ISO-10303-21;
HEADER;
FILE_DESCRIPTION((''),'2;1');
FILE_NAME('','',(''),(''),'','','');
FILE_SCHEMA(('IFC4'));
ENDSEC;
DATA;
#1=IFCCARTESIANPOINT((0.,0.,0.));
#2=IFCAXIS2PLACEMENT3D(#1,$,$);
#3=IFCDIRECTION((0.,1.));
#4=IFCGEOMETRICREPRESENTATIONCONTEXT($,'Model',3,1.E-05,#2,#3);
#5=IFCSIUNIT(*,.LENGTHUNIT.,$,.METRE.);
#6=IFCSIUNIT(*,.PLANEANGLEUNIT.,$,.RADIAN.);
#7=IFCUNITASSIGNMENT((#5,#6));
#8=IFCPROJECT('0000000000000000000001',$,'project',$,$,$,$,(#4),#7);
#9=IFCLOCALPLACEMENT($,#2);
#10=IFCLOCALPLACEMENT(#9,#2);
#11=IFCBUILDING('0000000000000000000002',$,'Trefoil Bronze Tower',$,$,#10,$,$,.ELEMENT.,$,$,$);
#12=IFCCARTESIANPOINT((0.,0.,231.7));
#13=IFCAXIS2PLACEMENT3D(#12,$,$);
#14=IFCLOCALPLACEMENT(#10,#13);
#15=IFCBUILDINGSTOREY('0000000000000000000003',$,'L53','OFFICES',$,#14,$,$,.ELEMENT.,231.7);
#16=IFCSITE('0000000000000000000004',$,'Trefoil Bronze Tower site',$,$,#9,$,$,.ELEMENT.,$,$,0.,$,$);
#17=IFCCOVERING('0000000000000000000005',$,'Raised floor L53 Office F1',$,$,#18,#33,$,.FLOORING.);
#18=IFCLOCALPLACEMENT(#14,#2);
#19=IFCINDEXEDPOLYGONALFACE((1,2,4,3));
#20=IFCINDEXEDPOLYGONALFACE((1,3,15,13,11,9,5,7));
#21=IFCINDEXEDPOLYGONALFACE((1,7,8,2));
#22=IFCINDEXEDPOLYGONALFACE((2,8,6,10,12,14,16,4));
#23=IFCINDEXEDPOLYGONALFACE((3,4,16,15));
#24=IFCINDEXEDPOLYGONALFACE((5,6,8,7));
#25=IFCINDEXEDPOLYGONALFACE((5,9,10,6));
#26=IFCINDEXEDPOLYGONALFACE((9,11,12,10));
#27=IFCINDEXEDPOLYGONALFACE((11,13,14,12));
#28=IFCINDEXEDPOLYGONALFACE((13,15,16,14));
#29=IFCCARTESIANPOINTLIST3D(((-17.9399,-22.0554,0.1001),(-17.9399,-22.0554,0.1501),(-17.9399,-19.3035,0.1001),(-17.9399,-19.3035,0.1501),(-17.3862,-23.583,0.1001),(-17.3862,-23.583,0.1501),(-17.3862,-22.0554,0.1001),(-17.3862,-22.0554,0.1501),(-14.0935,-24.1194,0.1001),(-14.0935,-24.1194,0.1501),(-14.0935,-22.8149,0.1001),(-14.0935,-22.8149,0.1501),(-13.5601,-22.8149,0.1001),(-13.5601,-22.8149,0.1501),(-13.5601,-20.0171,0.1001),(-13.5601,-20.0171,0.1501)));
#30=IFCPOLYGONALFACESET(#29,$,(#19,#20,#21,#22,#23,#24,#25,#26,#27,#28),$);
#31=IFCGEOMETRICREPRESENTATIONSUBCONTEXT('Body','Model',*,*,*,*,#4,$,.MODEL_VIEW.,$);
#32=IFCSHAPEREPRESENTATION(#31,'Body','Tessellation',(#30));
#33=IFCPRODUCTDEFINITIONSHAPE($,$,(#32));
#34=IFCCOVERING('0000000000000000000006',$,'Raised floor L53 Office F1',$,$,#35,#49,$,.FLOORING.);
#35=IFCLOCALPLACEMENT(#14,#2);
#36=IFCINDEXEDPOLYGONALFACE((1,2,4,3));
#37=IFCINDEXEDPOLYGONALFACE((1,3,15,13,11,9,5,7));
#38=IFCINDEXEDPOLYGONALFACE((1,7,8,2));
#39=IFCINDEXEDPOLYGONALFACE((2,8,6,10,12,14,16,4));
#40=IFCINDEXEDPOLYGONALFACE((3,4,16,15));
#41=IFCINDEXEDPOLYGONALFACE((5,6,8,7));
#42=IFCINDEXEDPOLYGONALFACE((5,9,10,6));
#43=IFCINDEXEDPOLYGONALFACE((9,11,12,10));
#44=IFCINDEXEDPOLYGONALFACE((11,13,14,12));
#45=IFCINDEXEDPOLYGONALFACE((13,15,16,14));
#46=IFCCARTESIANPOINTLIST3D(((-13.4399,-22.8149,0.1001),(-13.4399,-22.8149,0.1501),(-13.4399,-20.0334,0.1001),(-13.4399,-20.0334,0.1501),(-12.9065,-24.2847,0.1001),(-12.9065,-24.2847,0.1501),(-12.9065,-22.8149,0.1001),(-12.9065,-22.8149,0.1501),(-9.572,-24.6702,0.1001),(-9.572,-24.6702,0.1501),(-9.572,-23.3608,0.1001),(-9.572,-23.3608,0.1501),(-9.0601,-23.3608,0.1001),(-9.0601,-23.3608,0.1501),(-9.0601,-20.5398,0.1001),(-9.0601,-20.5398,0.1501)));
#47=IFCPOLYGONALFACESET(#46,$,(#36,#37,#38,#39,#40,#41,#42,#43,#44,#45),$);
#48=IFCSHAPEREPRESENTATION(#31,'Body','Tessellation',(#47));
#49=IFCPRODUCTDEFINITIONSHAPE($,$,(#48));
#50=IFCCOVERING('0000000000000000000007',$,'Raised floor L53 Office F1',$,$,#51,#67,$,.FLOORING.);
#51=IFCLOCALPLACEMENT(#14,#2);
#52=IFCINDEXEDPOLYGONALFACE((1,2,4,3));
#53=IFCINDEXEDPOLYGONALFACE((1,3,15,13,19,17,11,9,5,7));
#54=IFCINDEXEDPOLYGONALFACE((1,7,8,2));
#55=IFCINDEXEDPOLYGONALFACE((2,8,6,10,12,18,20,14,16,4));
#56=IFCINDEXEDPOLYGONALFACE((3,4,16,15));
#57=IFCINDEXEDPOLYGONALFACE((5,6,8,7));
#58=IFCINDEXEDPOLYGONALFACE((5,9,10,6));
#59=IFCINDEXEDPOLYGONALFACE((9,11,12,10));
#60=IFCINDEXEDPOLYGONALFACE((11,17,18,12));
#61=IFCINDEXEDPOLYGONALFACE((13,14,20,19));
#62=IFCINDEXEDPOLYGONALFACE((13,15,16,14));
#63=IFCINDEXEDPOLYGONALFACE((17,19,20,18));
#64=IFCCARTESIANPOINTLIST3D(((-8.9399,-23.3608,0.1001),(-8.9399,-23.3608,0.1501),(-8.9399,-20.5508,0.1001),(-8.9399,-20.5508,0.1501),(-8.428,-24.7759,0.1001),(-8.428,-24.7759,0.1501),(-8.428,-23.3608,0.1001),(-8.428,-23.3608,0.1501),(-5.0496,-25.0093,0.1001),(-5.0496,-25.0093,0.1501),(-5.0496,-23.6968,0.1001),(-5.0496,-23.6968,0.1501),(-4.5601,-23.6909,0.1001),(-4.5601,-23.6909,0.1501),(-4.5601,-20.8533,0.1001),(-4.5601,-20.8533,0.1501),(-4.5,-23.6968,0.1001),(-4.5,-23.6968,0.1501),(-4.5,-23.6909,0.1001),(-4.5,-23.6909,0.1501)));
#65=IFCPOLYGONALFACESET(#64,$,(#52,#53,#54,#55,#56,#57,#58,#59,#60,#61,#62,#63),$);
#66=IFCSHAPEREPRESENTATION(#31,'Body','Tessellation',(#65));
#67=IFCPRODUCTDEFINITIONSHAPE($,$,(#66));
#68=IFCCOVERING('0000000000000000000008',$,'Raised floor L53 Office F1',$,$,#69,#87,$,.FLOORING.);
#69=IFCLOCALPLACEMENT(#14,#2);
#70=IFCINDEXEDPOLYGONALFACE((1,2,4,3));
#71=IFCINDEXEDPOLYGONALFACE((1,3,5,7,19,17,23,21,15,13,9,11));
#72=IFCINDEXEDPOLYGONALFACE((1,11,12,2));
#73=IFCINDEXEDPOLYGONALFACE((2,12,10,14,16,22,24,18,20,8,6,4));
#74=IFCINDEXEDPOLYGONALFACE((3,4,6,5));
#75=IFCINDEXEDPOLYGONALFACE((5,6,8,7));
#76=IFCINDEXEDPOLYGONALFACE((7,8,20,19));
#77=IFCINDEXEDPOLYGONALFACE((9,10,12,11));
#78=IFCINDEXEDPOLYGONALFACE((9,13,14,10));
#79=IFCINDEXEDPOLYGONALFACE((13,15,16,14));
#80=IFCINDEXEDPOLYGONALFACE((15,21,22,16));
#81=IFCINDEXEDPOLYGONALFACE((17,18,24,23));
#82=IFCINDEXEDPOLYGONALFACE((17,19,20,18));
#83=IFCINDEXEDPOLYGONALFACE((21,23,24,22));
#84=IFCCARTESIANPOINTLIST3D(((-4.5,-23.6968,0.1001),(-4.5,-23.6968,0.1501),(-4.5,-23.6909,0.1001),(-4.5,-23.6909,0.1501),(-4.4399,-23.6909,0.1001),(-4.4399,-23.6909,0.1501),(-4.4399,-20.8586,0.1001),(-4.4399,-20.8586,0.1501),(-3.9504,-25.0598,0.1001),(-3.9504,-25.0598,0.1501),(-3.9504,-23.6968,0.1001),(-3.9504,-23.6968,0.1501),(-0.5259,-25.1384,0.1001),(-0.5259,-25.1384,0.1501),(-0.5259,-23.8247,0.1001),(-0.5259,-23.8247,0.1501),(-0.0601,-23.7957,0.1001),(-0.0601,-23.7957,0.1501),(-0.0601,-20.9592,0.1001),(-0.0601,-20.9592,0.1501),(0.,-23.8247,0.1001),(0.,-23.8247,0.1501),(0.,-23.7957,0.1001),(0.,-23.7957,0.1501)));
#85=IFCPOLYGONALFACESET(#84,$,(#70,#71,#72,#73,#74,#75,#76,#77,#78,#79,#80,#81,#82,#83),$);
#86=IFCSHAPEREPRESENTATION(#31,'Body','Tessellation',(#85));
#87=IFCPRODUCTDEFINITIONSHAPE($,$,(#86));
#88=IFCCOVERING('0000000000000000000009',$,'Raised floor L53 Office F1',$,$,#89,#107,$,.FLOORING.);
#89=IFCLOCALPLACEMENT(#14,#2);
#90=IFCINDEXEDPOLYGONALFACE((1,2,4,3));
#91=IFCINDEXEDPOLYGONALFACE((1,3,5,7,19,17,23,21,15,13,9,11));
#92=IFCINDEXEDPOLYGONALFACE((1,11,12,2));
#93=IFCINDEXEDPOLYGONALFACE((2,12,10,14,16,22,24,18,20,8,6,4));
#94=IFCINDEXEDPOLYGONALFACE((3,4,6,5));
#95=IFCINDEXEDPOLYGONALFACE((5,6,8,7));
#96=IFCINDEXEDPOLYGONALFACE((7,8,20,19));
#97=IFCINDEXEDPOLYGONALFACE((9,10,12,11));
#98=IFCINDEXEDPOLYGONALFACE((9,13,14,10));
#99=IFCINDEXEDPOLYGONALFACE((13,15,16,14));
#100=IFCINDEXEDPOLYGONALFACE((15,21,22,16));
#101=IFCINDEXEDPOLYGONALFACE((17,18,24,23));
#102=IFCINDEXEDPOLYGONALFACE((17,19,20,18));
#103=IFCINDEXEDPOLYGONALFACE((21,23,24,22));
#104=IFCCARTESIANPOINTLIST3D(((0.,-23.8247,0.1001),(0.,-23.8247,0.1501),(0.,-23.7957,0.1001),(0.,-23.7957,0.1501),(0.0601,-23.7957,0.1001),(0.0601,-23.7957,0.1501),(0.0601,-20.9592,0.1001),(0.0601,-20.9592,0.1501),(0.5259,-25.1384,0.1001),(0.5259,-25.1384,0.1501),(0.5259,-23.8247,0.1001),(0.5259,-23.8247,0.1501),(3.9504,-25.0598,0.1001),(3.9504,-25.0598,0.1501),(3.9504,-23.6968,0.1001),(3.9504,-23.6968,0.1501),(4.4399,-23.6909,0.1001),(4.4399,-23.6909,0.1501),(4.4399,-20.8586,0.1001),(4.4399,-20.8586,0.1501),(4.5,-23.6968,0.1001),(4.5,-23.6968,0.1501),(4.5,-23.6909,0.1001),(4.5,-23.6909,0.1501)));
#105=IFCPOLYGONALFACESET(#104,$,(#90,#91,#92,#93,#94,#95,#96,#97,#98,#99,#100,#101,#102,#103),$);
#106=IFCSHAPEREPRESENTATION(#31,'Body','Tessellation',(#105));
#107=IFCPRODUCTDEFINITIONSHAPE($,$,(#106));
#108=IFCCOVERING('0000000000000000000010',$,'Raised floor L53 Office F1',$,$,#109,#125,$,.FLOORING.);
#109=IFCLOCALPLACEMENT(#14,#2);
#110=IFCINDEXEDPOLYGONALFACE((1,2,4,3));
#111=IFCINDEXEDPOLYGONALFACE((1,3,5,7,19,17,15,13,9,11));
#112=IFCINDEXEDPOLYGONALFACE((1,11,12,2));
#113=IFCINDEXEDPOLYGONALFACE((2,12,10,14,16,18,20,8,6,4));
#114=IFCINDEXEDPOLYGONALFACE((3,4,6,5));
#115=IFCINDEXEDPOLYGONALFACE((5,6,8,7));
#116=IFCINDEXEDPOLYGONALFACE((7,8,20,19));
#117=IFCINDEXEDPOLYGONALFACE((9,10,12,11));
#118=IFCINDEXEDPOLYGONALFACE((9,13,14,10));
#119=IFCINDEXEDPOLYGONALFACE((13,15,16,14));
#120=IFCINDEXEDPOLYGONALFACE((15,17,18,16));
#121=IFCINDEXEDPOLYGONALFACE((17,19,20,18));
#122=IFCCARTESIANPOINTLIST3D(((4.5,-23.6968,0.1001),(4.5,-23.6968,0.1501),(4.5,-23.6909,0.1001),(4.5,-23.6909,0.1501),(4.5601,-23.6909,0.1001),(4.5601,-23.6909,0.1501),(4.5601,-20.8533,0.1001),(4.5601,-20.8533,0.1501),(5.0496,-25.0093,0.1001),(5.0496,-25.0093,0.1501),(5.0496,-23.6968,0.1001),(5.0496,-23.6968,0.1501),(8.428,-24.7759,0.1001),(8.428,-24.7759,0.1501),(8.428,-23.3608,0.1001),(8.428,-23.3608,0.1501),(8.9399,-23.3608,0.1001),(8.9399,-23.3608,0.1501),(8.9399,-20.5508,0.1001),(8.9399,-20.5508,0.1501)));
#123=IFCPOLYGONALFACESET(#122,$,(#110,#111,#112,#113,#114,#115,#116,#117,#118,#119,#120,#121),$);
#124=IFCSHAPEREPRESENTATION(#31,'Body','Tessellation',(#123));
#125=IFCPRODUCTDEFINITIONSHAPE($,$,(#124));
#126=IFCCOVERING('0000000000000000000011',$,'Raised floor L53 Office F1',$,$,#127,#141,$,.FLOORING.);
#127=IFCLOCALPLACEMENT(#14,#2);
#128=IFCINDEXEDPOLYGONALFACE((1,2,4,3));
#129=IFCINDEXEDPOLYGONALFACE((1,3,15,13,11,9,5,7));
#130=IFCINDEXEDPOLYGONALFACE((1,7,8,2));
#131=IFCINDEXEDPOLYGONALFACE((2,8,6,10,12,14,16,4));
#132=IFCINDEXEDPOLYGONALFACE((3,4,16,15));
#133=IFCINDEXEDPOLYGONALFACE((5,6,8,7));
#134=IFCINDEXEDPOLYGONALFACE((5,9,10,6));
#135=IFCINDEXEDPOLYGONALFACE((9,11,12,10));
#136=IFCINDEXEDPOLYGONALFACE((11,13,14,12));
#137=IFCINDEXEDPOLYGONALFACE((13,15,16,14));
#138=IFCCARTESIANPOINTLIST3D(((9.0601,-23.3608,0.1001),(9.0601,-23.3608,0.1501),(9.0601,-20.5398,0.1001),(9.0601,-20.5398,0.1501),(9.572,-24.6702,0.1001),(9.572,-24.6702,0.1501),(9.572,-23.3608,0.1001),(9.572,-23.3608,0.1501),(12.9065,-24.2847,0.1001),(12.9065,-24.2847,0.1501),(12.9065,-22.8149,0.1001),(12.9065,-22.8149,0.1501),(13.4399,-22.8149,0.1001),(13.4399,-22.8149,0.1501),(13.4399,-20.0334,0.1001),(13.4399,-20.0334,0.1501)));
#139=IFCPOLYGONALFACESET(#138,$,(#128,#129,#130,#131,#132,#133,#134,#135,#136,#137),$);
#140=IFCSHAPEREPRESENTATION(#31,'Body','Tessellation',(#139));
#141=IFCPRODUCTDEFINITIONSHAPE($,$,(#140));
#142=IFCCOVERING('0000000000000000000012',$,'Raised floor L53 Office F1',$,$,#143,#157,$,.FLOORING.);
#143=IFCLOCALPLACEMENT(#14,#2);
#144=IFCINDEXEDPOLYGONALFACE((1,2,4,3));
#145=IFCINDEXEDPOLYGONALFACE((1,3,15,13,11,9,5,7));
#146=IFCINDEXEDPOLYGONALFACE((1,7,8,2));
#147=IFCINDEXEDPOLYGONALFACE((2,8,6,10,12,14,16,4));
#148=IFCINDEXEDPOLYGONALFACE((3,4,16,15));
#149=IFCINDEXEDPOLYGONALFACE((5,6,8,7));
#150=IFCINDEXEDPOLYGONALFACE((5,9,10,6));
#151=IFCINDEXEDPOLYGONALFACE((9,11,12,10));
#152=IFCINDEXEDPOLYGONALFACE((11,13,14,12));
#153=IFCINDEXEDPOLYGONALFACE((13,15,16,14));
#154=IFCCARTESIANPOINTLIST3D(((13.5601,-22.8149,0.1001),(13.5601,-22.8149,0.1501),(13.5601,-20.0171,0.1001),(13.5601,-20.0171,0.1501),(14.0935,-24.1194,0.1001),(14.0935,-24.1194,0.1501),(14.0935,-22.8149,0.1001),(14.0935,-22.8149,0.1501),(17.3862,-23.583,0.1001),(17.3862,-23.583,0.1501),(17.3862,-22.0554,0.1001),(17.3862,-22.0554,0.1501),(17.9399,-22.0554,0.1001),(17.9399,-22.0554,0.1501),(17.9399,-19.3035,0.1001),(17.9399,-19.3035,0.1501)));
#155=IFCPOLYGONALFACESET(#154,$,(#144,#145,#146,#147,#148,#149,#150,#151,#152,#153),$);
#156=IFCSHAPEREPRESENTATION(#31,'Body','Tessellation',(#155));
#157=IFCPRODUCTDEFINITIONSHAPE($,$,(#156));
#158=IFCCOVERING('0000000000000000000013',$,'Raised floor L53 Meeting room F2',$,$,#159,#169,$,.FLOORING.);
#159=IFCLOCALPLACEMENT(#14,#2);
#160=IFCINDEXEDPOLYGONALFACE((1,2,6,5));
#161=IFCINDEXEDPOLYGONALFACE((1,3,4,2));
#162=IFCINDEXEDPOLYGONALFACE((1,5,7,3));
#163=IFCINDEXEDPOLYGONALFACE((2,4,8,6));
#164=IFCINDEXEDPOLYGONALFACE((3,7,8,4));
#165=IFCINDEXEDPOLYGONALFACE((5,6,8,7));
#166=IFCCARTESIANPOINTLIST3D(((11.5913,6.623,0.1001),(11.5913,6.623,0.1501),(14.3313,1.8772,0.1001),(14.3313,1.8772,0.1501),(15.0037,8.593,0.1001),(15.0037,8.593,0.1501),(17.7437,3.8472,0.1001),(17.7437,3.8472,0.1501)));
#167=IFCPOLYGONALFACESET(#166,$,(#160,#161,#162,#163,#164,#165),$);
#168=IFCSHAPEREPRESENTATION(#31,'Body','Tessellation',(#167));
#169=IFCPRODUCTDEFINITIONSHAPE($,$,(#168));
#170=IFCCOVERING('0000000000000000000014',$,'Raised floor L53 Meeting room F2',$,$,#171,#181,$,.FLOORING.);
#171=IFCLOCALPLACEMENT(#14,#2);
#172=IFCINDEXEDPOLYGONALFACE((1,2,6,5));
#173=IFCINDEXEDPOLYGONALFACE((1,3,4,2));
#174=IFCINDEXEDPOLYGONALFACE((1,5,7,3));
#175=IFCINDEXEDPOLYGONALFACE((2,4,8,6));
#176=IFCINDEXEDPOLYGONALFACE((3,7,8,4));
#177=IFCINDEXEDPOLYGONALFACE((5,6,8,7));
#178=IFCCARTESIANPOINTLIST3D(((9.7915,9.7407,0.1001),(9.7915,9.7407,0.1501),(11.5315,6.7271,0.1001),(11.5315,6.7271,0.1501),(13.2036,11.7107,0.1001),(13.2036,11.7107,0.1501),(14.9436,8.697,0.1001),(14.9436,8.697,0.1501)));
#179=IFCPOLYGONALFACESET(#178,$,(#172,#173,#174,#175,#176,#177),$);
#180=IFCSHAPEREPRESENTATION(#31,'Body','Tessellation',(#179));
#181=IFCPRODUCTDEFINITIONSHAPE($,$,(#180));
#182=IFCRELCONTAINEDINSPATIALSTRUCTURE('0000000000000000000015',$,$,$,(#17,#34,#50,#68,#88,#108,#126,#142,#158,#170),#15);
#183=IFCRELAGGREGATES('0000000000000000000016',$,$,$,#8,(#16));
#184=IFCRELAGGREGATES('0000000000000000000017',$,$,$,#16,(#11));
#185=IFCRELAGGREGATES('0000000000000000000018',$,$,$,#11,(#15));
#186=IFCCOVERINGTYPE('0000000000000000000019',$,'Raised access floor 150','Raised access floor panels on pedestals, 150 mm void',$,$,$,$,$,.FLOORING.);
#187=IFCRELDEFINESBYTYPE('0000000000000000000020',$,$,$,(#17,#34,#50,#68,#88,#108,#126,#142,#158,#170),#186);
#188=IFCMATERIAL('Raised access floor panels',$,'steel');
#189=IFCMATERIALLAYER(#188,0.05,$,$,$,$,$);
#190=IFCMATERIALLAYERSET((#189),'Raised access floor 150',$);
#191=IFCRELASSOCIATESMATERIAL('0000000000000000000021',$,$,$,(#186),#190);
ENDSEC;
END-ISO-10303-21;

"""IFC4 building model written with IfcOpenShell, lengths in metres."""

from ifc_helpers import new_model, si_unit, direction, frame, origin, place, context, subcontext, project, spatial, polyline, outline, extrude, material, layer, layer_set, type_object, element, save


model = new_model("IFC4")

# Units and contexts
model_context = context("Model", 3, precision=1e-05, world=origin(), true_north=direction((0.0, 1.0)))
body_context = subcontext(model_context, "Body", "Model", "MODEL_VIEW")
ifc_project = project(units=[si_unit("LENGTHUNIT", "METRE"), si_unit("PLANEANGLEUNIT", "RADIAN")], contexts=[model_context])

# Site, building, storey
site_placement = place(None, origin())
site = spatial("IfcSite", under=ifc_project, at=site_placement, Name="Trefoil Bronze Tower site", CompositionType="ELEMENT", RefElevation=0.0)
building_placement = place(site_placement, origin())
building = spatial("IfcBuilding", under=site, at=building_placement, Name="Trefoil Bronze Tower", CompositionType="ELEMENT")
storey_placement = place(building_placement, frame((0.0, 0.0, 231.7)))
storey = spatial("IfcBuildingStorey", under=building, at=storey_placement, Name="L53", Description="OFFICES", CompositionType="ELEMENT", Elevation=231.7)

# Coverings
ifc_material_1 = material(Name="Raised access floor panels", Category="steel")
ifc_layer_1 = layer(ifc_material_1, 0.05)
ifc_layer_set_1 = layer_set([ifc_layer_1], Name="Raised access floor 150")
covering_type_1 = type_object("IfcCoveringType", Name="Raised access floor 150", Description="Raised access floor panels on pedestals, 150 mm void", PredefinedType="FLOORING", material=ifc_layer_set_1)
covering_1_placement = place(storey_placement, frame((0.0, 0.0, 0.1001)))
element("IfcCovering", 1, at=covering_1_placement, inside=storey, type_object=covering_type_1, Name="Raised floor L53 Office F1", PredefinedType="FLOORING", context=body_context, shape_type="SweptSolid", body=[
    extrude(outline(polyline([(-17.9399, -22.0554), (-17.9399, -19.3035), (-13.5601, -20.0171), (-13.5601, -22.8149), (-14.0935, -22.8149), (-14.0935, -24.1194), (-17.3862, -23.583), (-17.3862, -22.0554), (-17.9399, -22.0554)])), origin(), (0.0, 0.0, 1.0), 0.05),
])
covering_2_placement = place(storey_placement, frame((0.0, 0.0, 0.1001)))
element("IfcCovering", 2, at=covering_2_placement, inside=storey, type_object=covering_type_1, Name="Raised floor L53 Office F1", PredefinedType="FLOORING", context=body_context, shape_type="SweptSolid", body=[
    extrude(outline(polyline([(-13.4399, -22.8149), (-13.4399, -20.0334), (-9.0601, -20.5398), (-9.0601, -23.3608), (-9.572, -23.3608), (-9.572, -24.6702), (-12.9065, -24.2847), (-12.9065, -22.8149), (-13.4399, -22.8149)])), origin(), (0.0, 0.0, 1.0), 0.05),
])
covering_3_placement = place(storey_placement, frame((0.0, 0.0, 0.1001)))
element("IfcCovering", 3, at=covering_3_placement, inside=storey, type_object=covering_type_1, Name="Raised floor L53 Office F1", PredefinedType="FLOORING", context=body_context, shape_type="SweptSolid", body=[
    extrude(outline(polyline([(-8.9399, -23.3608), (-8.9399, -20.5508), (-4.5601, -20.8533), (-4.5601, -23.6909), (-4.5, -23.6909), (-4.5, -23.6968), (-5.0496, -23.6968), (-5.0496, -25.0093), (-8.428, -24.7759), (-8.428, -23.3608), (-8.9399, -23.3608)])), origin(), (0.0, 0.0, 1.0), 0.05),
])
covering_4_placement = place(storey_placement, frame((0.0, 0.0, 0.1001)))
element("IfcCovering", 4, at=covering_4_placement, inside=storey, type_object=covering_type_1, Name="Raised floor L53 Office F1", PredefinedType="FLOORING", context=body_context, shape_type="SweptSolid", body=[
    extrude(outline(polyline([(-4.5, -23.6909), (-4.4399, -23.6909), (-4.4399, -20.8586), (-0.0601, -20.9592), (-0.0601, -23.7957), (0.0, -23.7957), (0.0, -23.8247), (-0.5259, -23.8247), (-0.5259, -25.1384), (-3.9504, -25.0598), (-3.9504, -23.6968), (-4.5, -23.6968), (-4.5, -23.6909)])), origin(), (0.0, 0.0, 1.0), 0.05),
])
covering_5_placement = place(storey_placement, frame((0.0, 0.0, 0.1001)))
element("IfcCovering", 5, at=covering_5_placement, inside=storey, type_object=covering_type_1, Name="Raised floor L53 Office F1", PredefinedType="FLOORING", context=body_context, shape_type="SweptSolid", body=[
    extrude(outline(polyline([(0.0, -23.7957), (0.0601, -23.7957), (0.0601, -20.9592), (4.4399, -20.8586), (4.4399, -23.6909), (4.5, -23.6909), (4.5, -23.6968), (3.9504, -23.6968), (3.9504, -25.0598), (0.5259, -25.1384), (0.5259, -23.8247), (0.0, -23.8247), (0.0, -23.7957)])), origin(), (0.0, 0.0, 1.0), 0.05),
])
covering_6_placement = place(storey_placement, frame((0.0, 0.0, 0.1001)))
element("IfcCovering", 6, at=covering_6_placement, inside=storey, type_object=covering_type_1, Name="Raised floor L53 Office F1", PredefinedType="FLOORING", context=body_context, shape_type="SweptSolid", body=[
    extrude(outline(polyline([(4.5, -23.6909), (4.5601, -23.6909), (4.5601, -20.8533), (8.9399, -20.5508), (8.9399, -23.3608), (8.428, -23.3608), (8.428, -24.7759), (5.0496, -25.0093), (5.0496, -23.6968), (4.5, -23.6968), (4.5, -23.6909)])), origin(), (0.0, 0.0, 1.0), 0.05),
])
covering_7_placement = place(storey_placement, frame((0.0, 0.0, 0.1001)))
element("IfcCovering", 7, at=covering_7_placement, inside=storey, type_object=covering_type_1, Name="Raised floor L53 Office F1", PredefinedType="FLOORING", context=body_context, shape_type="SweptSolid", body=[
    extrude(outline(polyline([(9.0601, -20.5398), (13.4399, -20.0334), (13.4399, -22.8149), (12.9065, -22.8149), (12.9065, -24.2847), (9.572, -24.6702), (9.572, -23.3608), (9.0601, -23.3608), (9.0601, -20.5398)])), origin(), (0.0, 0.0, 1.0), 0.05),
])
covering_8_placement = place(storey_placement, frame((0.0, 0.0, 0.1001)))
element("IfcCovering", 8, at=covering_8_placement, inside=storey, type_object=covering_type_1, Name="Raised floor L53 Office F1", PredefinedType="FLOORING", context=body_context, shape_type="SweptSolid", body=[
    extrude(outline(polyline([(13.5601, -20.0171), (17.9399, -19.3035), (17.9399, -22.0554), (17.3862, -22.0554), (17.3862, -23.583), (14.0935, -24.1194), (14.0935, -22.8149), (13.5601, -22.8149), (13.5601, -20.0171)])), origin(), (0.0, 0.0, 1.0), 0.05),
])
covering_9_placement = place(storey_placement, frame((0.0, 0.0, 0.1001)))
element("IfcCovering", 9, at=covering_9_placement, inside=storey, type_object=covering_type_1, Name="Raised floor L53 Meeting room F2", PredefinedType="FLOORING", context=body_context, shape_type="SweptSolid", body=[
    extrude(outline(polyline([(11.5913, 6.623), (15.0037, 8.593), (17.7437, 3.8472), (14.3313, 1.8772), (11.5913, 6.623)])), origin(), (0.0, 0.0, 1.0), 0.05),
])
covering_10_placement = place(storey_placement, frame((0.0, 0.0, 0.1001)))
element("IfcCovering", 10, at=covering_10_placement, inside=storey, type_object=covering_type_1, Name="Raised floor L53 Meeting room F2", PredefinedType="FLOORING", context=body_context, shape_type="SweptSolid", body=[
    extrude(outline(polyline([(9.7915, 9.7407), (13.2036, 11.7107), (14.9436, 8.697), (11.5315, 6.7271), (9.7915, 9.7407)])), origin(), (0.0, 0.0, 1.0), 0.05),
])

save(model, "model.ifc")
